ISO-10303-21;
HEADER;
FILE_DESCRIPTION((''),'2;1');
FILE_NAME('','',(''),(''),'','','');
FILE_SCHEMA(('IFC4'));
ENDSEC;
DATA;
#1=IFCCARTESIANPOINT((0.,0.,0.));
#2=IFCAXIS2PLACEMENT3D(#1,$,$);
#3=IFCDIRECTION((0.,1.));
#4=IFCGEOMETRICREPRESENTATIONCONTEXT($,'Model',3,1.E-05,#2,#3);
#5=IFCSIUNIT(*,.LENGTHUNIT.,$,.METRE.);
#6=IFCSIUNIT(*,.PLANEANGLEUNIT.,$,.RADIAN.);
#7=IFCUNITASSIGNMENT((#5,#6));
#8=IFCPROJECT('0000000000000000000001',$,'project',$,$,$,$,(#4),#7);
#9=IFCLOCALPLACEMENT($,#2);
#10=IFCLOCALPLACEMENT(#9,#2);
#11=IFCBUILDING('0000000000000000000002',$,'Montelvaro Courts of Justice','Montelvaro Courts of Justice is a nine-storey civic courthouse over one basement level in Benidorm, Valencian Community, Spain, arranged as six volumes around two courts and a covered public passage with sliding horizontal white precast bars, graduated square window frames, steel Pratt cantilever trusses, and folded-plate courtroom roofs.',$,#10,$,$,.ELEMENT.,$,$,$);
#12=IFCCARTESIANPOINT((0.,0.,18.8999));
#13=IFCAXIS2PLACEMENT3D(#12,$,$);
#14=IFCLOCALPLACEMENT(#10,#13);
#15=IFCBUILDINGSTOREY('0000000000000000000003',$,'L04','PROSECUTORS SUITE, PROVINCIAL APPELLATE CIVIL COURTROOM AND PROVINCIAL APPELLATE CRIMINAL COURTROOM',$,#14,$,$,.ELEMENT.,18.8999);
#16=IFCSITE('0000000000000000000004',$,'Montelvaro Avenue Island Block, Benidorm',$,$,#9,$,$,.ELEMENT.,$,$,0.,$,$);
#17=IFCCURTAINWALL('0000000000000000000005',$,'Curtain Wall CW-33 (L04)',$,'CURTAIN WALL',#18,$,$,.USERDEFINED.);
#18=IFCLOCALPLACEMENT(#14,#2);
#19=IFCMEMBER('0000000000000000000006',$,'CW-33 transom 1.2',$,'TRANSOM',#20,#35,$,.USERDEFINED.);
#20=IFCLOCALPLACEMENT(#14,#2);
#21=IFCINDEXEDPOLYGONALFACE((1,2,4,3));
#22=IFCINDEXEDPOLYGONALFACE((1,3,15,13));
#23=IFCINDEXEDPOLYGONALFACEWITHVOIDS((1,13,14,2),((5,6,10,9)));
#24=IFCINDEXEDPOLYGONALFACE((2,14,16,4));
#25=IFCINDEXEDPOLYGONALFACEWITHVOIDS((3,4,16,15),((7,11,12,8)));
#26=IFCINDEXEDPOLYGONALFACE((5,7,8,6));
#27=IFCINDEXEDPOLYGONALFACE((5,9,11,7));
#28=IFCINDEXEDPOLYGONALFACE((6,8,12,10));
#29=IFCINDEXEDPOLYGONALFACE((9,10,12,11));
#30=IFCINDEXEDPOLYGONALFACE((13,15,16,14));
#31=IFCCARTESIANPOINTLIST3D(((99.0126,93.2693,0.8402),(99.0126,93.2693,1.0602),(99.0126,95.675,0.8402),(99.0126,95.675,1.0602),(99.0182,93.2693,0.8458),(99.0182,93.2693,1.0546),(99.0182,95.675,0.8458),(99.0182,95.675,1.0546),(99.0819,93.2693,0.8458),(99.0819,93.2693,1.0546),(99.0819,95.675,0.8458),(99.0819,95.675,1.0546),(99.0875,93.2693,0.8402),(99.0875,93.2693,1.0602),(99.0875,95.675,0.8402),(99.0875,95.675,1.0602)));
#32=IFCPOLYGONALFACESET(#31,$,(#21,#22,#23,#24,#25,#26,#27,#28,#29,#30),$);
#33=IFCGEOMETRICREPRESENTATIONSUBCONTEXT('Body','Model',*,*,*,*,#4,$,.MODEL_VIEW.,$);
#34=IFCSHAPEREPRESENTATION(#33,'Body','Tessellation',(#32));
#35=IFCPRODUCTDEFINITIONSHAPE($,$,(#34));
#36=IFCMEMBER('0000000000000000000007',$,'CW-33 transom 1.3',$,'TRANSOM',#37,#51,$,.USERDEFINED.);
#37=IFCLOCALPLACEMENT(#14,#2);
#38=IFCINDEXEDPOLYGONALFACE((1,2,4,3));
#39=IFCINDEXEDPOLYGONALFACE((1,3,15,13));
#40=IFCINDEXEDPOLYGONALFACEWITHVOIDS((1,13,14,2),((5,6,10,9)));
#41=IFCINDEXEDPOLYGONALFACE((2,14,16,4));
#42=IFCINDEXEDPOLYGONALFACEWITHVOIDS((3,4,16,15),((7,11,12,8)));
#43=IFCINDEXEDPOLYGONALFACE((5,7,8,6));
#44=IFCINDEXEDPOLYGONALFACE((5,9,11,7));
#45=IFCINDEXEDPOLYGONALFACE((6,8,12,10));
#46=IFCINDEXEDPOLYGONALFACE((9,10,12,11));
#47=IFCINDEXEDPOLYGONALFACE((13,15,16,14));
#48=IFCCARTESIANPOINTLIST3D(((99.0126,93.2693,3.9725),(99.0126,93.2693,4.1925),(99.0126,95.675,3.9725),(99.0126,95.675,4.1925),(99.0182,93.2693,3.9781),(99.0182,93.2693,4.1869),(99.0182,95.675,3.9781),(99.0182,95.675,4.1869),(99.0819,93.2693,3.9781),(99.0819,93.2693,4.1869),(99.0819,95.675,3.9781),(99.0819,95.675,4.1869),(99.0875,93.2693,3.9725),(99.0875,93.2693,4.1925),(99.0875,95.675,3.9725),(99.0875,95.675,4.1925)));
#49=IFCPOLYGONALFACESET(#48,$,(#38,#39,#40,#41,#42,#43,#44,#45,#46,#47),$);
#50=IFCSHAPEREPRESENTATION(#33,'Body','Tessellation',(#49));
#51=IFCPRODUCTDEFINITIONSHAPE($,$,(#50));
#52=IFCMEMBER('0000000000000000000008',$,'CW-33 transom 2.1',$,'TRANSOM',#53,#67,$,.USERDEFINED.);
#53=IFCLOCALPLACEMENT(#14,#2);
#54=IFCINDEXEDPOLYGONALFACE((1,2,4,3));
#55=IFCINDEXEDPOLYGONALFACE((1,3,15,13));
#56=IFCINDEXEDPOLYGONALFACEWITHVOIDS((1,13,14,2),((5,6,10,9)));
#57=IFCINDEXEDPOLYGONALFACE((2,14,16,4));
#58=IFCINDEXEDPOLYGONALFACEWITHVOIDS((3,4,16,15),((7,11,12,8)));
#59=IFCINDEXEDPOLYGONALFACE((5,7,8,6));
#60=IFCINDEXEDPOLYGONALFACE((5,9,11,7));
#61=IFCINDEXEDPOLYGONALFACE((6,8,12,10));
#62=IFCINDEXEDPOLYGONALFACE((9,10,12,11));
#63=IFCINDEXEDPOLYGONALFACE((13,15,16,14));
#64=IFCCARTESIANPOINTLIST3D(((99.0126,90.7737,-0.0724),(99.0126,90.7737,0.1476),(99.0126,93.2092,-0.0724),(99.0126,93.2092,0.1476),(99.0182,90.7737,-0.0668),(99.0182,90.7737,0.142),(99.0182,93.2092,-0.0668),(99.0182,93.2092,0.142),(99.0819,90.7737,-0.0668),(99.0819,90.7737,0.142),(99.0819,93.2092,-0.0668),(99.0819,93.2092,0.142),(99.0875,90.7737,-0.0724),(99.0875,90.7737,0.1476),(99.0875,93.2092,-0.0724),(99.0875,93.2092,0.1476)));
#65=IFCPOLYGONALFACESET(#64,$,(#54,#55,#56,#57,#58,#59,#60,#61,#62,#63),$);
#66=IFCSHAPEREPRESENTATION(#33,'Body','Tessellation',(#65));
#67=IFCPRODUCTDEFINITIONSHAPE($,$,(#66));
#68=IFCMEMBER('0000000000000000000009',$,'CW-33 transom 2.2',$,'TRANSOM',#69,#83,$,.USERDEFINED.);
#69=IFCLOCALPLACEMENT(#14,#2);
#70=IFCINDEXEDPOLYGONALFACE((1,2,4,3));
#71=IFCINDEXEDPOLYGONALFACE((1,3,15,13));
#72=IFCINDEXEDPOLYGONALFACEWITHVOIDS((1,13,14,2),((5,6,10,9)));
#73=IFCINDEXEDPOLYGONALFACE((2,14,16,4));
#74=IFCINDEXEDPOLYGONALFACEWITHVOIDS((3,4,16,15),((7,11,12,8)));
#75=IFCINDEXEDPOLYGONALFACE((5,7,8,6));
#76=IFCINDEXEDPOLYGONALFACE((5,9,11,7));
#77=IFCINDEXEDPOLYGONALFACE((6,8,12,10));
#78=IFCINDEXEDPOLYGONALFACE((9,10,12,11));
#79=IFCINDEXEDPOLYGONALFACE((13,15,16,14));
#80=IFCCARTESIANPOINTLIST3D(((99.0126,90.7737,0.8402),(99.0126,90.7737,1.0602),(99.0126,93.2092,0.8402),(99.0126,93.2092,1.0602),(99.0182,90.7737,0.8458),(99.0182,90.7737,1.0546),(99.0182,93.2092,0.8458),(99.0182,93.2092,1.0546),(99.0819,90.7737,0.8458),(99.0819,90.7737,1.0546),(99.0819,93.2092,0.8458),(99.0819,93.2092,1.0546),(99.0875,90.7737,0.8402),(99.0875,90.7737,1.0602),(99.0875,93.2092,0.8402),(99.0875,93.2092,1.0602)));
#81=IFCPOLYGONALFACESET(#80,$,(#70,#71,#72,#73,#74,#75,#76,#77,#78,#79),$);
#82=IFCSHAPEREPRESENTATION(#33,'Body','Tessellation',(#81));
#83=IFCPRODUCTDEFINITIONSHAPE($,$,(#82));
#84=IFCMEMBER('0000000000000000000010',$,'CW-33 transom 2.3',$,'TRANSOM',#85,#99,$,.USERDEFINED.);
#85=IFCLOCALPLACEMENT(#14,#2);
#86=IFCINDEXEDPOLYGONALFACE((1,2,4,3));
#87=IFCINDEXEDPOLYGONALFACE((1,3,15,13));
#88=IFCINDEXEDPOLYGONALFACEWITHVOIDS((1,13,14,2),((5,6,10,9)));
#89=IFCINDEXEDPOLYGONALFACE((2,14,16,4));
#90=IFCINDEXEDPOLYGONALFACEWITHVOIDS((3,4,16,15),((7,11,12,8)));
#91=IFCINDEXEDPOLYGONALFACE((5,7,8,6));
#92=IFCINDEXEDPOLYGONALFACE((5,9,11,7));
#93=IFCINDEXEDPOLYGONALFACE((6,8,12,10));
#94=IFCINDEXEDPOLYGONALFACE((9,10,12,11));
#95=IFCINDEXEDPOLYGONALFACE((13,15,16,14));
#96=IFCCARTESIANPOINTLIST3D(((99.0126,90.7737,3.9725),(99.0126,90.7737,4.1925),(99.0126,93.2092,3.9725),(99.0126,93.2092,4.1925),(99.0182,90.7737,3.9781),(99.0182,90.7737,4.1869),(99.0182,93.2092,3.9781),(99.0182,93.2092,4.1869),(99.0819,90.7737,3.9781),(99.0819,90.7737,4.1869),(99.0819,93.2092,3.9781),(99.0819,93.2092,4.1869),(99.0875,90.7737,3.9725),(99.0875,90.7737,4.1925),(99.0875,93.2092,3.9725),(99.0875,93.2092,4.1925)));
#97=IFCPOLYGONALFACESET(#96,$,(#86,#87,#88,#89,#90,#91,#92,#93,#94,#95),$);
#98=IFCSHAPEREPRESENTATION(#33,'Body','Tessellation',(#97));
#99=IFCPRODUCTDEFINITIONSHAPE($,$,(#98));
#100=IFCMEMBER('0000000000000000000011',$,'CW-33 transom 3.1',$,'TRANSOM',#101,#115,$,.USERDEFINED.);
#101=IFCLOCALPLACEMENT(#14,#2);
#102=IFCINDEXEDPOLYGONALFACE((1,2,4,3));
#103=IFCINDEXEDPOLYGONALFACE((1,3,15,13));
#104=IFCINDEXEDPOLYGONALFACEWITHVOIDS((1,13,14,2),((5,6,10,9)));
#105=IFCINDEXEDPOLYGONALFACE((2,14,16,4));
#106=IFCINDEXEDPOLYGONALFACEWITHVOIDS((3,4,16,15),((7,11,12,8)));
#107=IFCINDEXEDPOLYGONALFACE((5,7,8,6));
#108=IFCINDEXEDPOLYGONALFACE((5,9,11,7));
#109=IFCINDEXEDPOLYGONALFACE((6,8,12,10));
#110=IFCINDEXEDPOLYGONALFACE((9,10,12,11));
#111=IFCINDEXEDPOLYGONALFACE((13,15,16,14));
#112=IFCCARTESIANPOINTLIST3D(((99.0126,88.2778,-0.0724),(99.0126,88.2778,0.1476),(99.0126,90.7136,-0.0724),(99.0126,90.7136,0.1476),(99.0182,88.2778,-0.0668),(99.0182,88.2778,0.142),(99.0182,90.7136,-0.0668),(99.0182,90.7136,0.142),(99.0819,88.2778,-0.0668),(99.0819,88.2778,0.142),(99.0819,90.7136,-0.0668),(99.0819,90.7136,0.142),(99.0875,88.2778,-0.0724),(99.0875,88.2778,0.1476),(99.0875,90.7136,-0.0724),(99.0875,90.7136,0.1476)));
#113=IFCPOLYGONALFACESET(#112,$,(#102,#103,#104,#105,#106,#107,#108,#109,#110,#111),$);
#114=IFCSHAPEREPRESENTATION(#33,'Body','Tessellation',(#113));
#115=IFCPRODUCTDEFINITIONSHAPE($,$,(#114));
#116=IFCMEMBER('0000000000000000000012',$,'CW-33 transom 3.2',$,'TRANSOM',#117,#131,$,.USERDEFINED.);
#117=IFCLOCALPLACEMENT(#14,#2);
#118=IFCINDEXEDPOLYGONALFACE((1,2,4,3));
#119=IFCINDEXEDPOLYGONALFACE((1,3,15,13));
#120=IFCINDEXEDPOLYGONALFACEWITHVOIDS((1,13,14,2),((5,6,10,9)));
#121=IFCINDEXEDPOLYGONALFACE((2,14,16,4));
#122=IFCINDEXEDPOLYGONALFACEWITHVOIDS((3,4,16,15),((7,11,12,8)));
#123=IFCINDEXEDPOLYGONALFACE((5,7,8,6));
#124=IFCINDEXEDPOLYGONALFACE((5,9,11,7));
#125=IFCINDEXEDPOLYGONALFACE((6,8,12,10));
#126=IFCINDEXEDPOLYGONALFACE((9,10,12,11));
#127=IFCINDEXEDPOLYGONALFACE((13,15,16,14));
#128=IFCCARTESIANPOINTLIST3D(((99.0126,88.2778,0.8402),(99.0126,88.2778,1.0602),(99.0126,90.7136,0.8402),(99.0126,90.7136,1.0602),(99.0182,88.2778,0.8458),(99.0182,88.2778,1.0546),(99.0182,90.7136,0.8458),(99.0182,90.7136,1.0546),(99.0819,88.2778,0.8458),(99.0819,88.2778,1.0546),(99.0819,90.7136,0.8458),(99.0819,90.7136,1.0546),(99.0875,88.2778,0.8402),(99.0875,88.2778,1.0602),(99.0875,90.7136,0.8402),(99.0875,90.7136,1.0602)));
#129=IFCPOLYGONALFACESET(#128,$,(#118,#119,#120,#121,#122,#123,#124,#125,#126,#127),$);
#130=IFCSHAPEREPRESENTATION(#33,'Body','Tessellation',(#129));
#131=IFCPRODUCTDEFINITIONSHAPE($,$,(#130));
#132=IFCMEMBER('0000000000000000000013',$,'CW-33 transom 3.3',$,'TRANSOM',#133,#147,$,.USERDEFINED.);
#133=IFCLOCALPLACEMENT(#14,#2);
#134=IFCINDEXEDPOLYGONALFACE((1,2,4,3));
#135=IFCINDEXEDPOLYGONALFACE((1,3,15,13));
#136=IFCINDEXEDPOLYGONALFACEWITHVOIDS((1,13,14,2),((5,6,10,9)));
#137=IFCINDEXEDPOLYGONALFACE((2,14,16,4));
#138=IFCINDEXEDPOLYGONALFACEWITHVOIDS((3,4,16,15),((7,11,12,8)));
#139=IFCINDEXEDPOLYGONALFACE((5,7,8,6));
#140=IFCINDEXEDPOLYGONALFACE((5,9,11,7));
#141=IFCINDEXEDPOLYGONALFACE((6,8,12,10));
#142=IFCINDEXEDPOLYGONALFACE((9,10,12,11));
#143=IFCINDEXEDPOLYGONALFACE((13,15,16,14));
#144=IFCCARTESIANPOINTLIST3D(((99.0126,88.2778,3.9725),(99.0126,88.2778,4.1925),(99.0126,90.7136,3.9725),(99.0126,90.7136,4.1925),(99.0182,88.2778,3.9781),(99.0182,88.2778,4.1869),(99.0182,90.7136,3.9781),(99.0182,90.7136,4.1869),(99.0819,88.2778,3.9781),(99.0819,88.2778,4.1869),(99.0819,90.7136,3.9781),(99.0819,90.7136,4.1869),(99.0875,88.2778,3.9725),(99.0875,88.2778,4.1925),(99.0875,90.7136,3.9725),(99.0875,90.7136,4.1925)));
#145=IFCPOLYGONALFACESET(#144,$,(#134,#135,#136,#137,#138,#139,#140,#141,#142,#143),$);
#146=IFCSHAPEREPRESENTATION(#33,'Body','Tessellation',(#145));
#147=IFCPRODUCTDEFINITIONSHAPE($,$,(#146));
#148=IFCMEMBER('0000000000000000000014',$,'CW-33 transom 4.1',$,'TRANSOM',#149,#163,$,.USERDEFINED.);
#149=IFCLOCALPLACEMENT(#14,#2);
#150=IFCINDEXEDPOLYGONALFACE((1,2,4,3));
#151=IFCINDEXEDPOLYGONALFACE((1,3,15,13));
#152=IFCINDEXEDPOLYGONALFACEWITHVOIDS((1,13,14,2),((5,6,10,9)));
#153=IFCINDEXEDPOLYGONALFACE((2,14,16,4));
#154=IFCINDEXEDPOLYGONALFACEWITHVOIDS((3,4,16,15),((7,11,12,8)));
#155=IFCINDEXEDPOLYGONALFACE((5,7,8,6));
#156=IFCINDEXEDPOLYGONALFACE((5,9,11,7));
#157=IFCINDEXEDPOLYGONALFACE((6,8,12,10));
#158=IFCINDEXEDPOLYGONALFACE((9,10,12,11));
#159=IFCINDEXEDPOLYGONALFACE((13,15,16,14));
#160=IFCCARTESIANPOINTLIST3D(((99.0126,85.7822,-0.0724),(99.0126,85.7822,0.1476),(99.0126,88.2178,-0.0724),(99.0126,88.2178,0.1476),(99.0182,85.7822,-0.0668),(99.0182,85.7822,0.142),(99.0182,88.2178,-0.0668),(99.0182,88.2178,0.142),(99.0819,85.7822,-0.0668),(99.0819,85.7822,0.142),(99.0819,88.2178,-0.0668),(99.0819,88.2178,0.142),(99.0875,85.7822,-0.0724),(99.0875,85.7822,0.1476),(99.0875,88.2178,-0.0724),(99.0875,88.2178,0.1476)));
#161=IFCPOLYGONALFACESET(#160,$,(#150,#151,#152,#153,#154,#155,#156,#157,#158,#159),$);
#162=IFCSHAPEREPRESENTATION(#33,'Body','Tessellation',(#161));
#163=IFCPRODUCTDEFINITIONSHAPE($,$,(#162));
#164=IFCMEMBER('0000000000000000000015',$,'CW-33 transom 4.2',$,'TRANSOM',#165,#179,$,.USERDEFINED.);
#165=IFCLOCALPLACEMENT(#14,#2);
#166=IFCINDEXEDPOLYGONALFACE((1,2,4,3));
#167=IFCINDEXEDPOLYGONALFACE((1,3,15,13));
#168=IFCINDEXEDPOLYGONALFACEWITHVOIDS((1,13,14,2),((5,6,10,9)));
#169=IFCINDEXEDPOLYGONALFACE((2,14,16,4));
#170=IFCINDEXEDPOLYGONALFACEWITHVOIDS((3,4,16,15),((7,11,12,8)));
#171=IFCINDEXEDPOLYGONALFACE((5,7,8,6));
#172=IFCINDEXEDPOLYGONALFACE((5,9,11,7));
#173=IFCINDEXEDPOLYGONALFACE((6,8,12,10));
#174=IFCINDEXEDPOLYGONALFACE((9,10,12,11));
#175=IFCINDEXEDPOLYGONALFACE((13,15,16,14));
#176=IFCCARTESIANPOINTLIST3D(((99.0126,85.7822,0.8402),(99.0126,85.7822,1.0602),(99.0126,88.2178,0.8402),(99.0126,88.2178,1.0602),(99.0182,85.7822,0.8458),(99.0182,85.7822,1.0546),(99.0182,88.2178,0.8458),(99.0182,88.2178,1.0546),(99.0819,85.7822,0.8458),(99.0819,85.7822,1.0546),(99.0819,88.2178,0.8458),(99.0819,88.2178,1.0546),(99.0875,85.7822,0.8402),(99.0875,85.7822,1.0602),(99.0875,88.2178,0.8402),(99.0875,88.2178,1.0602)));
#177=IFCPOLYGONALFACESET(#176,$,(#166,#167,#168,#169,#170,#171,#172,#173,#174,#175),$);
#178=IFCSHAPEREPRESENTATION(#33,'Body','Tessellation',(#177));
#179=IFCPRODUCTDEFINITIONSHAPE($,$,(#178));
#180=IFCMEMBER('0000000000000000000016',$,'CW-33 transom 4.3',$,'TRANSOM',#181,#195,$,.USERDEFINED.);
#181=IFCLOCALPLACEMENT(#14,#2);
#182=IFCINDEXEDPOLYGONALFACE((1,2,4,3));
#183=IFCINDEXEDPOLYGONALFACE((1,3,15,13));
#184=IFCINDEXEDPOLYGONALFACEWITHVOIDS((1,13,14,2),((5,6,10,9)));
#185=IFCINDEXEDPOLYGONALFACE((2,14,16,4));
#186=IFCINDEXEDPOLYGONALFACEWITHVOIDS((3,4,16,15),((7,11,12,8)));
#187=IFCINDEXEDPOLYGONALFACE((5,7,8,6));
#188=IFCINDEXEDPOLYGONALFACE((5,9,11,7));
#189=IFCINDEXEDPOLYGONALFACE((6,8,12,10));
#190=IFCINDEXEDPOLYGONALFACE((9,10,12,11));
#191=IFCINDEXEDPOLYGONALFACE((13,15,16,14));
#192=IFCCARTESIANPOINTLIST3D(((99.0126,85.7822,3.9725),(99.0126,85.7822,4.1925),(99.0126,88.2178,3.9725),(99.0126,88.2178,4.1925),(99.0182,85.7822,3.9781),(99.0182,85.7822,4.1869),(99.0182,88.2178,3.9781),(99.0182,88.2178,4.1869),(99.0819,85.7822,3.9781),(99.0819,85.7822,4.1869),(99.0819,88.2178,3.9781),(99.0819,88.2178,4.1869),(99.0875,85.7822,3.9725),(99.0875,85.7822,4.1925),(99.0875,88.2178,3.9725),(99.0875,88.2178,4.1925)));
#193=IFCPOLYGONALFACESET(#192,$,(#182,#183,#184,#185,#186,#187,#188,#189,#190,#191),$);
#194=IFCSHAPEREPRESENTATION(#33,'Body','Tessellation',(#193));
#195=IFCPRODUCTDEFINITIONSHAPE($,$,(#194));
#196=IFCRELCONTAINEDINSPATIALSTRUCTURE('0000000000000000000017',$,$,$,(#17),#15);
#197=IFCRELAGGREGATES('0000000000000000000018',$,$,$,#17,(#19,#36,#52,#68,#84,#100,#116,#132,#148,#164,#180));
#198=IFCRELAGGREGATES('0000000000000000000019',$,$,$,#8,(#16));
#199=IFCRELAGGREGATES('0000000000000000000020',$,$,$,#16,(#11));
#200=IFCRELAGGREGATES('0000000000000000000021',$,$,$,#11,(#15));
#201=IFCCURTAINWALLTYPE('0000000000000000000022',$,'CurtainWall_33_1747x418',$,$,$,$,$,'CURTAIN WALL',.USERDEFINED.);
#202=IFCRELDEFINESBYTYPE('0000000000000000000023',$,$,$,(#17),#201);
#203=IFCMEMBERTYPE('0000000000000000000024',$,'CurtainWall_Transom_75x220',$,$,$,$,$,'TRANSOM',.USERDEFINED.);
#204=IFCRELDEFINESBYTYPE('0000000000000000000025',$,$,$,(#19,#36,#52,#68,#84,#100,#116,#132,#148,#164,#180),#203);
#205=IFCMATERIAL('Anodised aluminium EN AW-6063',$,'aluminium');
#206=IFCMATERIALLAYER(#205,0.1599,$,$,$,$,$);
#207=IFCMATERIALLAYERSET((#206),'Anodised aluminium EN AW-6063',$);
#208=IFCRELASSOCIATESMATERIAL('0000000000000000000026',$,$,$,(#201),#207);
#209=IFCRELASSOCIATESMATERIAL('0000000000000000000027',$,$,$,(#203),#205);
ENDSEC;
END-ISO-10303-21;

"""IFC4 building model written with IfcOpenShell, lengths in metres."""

from ifc_helpers import new_model, si_unit, direction, frame, origin, origin_2d, place, context, subcontext, project, spatial, hollow_rectangle, extrude, material, layer, layer_set, material_profile, profile_set, type_object, element, aggregate, save


model = new_model("IFC4")

# Units and contexts
model_context = context("Model", 3, precision=1e-05, world=origin(), true_north=direction((0.0, 1.0)))
body_context = subcontext(model_context, "Body", "Model", "MODEL_VIEW")
ifc_project = project(units=[si_unit("LENGTHUNIT", "METRE"), si_unit("PLANEANGLEUNIT", "RADIAN")], contexts=[model_context])

# Site, building, storey
site_placement = place(None, origin())
site = spatial("IfcSite", under=ifc_project, at=site_placement, Name="Montelvaro Avenue Island Block, Benidorm", CompositionType="ELEMENT", RefElevation=0.0)
building_placement = place(site_placement, origin())
building = spatial("IfcBuilding", under=site, at=building_placement, Name="Montelvaro Courts of Justice", Description="Montelvaro Courts of Justice is a nine-storey civic courthouse over one basement level in Benidorm, Valencian Community, Spain, arranged as six volumes around two courts and a covered public passage with sliding horizontal white precast bars, graduated square window frames, steel Pratt cantilever trusses, and folded-plate courtroom roofs.", CompositionType="ELEMENT")
storey_placement = place(building_placement, frame((0.0, 0.0, 18.8999)))
storey = spatial("IfcBuildingStorey", under=building, at=storey_placement, Name="L04", Description="PROSECUTORS SUITE, PROVINCIAL APPELLATE CIVIL COURTROOM AND PROVINCIAL APPELLATE CRIMINAL COURTROOM", CompositionType="ELEMENT", Elevation=18.8999)

# Shared definitions
ifc_material_1 = material(Name="Anodised aluminium EN AW-6063", Category="aluminium")

# Curtain wall, members
ifc_layer_1 = layer(ifc_material_1, 0.1599)
ifc_layer_set_1 = layer_set([ifc_layer_1], Name="Anodised aluminium EN AW-6063")
curtain_wall_type_1 = type_object("IfcCurtainWallType", Name="CurtainWall_33_1747x418", ElementType="CURTAIN WALL", PredefinedType="USERDEFINED", material=ifc_layer_set_1)
curtain_wall_1_placement = place(storey_placement, origin())
curtain_wall_1 = element("IfcCurtainWall", 1, at=curtain_wall_1_placement, inside=storey, type_object=curtain_wall_type_1, Name="Curtain Wall CW-33 (L04)", ObjectType="CURTAIN WALL", PredefinedType="USERDEFINED")
ifc_material_profile_1 = material_profile(ifc_material_1, hollow_rectangle(XDim=0.075, YDim=0.22, WallThickness=0.0056, at=origin_2d()), Name="ALU-T 75x220")
ifc_profile_set_1 = profile_set([ifc_material_profile_1], Name="Anodised aluminium EN AW-6063")
member_type_1 = type_object("IfcMemberType", Name="CurtainWall_Transom_75x220", ElementType="TRANSOM", PredefinedType="USERDEFINED", material=ifc_profile_set_1)
member_1_placement = place(storey_placement, frame((99.05, 95.675, 0.9502), z_axis=(0.0, -1.0, 0.0), x_axis=(1.0, 0.0, 0.0)))
member_1 = element("IfcMember", 2, at=member_1_placement, type_object=member_type_1, Name="CW-33 transom 1.2", ObjectType="TRANSOM", PredefinedType="USERDEFINED", context=body_context, shape_type="SweptSolid", body=[
    extrude(hollow_rectangle(XDim=0.075, YDim=0.22, WallThickness=0.0056, at=origin_2d()), origin(), (0.0, 0.0, 1.0), 2.4058),
])
member_2_placement = place(storey_placement, frame((99.05, 95.675, 4.0825), z_axis=(0.0, -1.0, 0.0), x_axis=(1.0, 0.0, 0.0)))
member_2 = element("IfcMember", 3, at=member_2_placement, type_object=member_type_1, Name="CW-33 transom 1.3", ObjectType="TRANSOM", PredefinedType="USERDEFINED", context=body_context, shape_type="SweptSolid", body=[
    extrude(hollow_rectangle(XDim=0.075, YDim=0.22, WallThickness=0.0056, at=origin_2d()), origin(), (0.0, 0.0, 1.0), 2.4058),
])
member_3_placement = place(storey_placement, frame((99.05, 93.2092, 0.0376), z_axis=(0.0, -1.0, 0.0), x_axis=(1.0, 0.0, 0.0)))
member_3 = element("IfcMember", 4, at=member_3_placement, type_object=member_type_1, Name="CW-33 transom 2.1", ObjectType="TRANSOM", PredefinedType="USERDEFINED", context=body_context, shape_type="SweptSolid", body=[
    extrude(hollow_rectangle(XDim=0.075, YDim=0.22, WallThickness=0.0056, at=origin_2d()), origin(), (0.0, 0.0, 1.0), 2.4355),
])
member_4_placement = place(storey_placement, frame((99.05, 93.2092, 0.9502), z_axis=(0.0, -1.0, 0.0), x_axis=(1.0, 0.0, 0.0)))
member_4 = element("IfcMember", 5, at=member_4_placement, type_object=member_type_1, Name="CW-33 transom 2.2", ObjectType="TRANSOM", PredefinedType="USERDEFINED", context=body_context, shape_type="SweptSolid", body=[
    extrude(hollow_rectangle(XDim=0.075, YDim=0.22, WallThickness=0.0056, at=origin_2d()), origin(), (0.0, 0.0, 1.0), 2.4355),
])
member_5_placement = place(storey_placement, frame((99.05, 93.2092, 4.0825), z_axis=(0.0, -1.0, 0.0), x_axis=(1.0, 0.0, 0.0)))
member_5 = element("IfcMember", 6, at=member_5_placement, type_object=member_type_1, Name="CW-33 transom 2.3", ObjectType="TRANSOM", PredefinedType="USERDEFINED", context=body_context, shape_type="SweptSolid", body=[
    extrude(hollow_rectangle(XDim=0.075, YDim=0.22, WallThickness=0.0056, at=origin_2d()), origin(), (0.0, 0.0, 1.0), 2.4355),
])
member_6_placement = place(storey_placement, frame((99.05, 90.7136, 0.0376), z_axis=(0.0, -1.0, 0.0), x_axis=(1.0, 0.0, 0.0)))
member_6 = element("IfcMember", 7, at=member_6_placement, type_object=member_type_1, Name="CW-33 transom 3.1", ObjectType="TRANSOM", PredefinedType="USERDEFINED", context=body_context, shape_type="SweptSolid", body=[
    extrude(hollow_rectangle(XDim=0.075, YDim=0.22, WallThickness=0.0056, at=origin_2d()), origin(), (0.0, 0.0, 1.0), 2.4358),
])
member_7_placement = place(storey_placement, frame((99.05, 90.7136, 0.9502), z_axis=(0.0, -1.0, 0.0), x_axis=(1.0, 0.0, 0.0)))
member_7 = element("IfcMember", 8, at=member_7_placement, type_object=member_type_1, Name="CW-33 transom 3.2", ObjectType="TRANSOM", PredefinedType="USERDEFINED", context=body_context, shape_type="SweptSolid", body=[
    extrude(hollow_rectangle(XDim=0.075, YDim=0.22, WallThickness=0.0056, at=origin_2d()), origin(), (0.0, 0.0, 1.0), 2.4358),
])
member_8_placement = place(storey_placement, frame((99.05, 90.7136, 4.0825), z_axis=(0.0, -1.0, 0.0), x_axis=(1.0, 0.0, 0.0)))
member_8 = element("IfcMember", 9, at=member_8_placement, type_object=member_type_1, Name="CW-33 transom 3.3", ObjectType="TRANSOM", PredefinedType="USERDEFINED", context=body_context, shape_type="SweptSolid", body=[
    extrude(hollow_rectangle(XDim=0.075, YDim=0.22, WallThickness=0.0056, at=origin_2d()), origin(), (0.0, 0.0, 1.0), 2.4358),
])
member_9_placement = place(storey_placement, frame((99.05, 88.2178, 0.0376), z_axis=(0.0, -1.0, 0.0), x_axis=(1.0, 0.0, 0.0)))
member_9 = element("IfcMember", 10, at=member_9_placement, type_object=member_type_1, Name="CW-33 transom 4.1", ObjectType="TRANSOM", PredefinedType="USERDEFINED", context=body_context, shape_type="SweptSolid", body=[
    extrude(hollow_rectangle(XDim=0.075, YDim=0.22, WallThickness=0.0056, at=origin_2d()), origin(), (0.0, 0.0, 1.0), 2.4355),
])
member_10_placement = place(storey_placement, frame((99.05, 88.2178, 0.9502), z_axis=(0.0, -1.0, 0.0), x_axis=(1.0, 0.0, 0.0)))
member_10 = element("IfcMember", 11, at=member_10_placement, type_object=member_type_1, Name="CW-33 transom 4.2", ObjectType="TRANSOM", PredefinedType="USERDEFINED", context=body_context, shape_type="SweptSolid", body=[
    extrude(hollow_rectangle(XDim=0.075, YDim=0.22, WallThickness=0.0056, at=origin_2d()), origin(), (0.0, 0.0, 1.0), 2.4355),
])
member_11_placement = place(storey_placement, frame((99.05, 88.2178, 4.0825), z_axis=(0.0, -1.0, 0.0), x_axis=(1.0, 0.0, 0.0)))
member_11 = element("IfcMember", 12, at=member_11_placement, type_object=member_type_1, Name="CW-33 transom 4.3", ObjectType="TRANSOM", PredefinedType="USERDEFINED", context=body_context, shape_type="SweptSolid", body=[
    extrude(hollow_rectangle(XDim=0.075, YDim=0.22, WallThickness=0.0056, at=origin_2d()), origin(), (0.0, 0.0, 1.0), 2.4355),
])

aggregate(curtain_wall_1, [member_1, member_2, member_3, member_4, member_5, member_6, member_7, member_8, member_9, member_10, member_11])

save(model, "model.ifc")
